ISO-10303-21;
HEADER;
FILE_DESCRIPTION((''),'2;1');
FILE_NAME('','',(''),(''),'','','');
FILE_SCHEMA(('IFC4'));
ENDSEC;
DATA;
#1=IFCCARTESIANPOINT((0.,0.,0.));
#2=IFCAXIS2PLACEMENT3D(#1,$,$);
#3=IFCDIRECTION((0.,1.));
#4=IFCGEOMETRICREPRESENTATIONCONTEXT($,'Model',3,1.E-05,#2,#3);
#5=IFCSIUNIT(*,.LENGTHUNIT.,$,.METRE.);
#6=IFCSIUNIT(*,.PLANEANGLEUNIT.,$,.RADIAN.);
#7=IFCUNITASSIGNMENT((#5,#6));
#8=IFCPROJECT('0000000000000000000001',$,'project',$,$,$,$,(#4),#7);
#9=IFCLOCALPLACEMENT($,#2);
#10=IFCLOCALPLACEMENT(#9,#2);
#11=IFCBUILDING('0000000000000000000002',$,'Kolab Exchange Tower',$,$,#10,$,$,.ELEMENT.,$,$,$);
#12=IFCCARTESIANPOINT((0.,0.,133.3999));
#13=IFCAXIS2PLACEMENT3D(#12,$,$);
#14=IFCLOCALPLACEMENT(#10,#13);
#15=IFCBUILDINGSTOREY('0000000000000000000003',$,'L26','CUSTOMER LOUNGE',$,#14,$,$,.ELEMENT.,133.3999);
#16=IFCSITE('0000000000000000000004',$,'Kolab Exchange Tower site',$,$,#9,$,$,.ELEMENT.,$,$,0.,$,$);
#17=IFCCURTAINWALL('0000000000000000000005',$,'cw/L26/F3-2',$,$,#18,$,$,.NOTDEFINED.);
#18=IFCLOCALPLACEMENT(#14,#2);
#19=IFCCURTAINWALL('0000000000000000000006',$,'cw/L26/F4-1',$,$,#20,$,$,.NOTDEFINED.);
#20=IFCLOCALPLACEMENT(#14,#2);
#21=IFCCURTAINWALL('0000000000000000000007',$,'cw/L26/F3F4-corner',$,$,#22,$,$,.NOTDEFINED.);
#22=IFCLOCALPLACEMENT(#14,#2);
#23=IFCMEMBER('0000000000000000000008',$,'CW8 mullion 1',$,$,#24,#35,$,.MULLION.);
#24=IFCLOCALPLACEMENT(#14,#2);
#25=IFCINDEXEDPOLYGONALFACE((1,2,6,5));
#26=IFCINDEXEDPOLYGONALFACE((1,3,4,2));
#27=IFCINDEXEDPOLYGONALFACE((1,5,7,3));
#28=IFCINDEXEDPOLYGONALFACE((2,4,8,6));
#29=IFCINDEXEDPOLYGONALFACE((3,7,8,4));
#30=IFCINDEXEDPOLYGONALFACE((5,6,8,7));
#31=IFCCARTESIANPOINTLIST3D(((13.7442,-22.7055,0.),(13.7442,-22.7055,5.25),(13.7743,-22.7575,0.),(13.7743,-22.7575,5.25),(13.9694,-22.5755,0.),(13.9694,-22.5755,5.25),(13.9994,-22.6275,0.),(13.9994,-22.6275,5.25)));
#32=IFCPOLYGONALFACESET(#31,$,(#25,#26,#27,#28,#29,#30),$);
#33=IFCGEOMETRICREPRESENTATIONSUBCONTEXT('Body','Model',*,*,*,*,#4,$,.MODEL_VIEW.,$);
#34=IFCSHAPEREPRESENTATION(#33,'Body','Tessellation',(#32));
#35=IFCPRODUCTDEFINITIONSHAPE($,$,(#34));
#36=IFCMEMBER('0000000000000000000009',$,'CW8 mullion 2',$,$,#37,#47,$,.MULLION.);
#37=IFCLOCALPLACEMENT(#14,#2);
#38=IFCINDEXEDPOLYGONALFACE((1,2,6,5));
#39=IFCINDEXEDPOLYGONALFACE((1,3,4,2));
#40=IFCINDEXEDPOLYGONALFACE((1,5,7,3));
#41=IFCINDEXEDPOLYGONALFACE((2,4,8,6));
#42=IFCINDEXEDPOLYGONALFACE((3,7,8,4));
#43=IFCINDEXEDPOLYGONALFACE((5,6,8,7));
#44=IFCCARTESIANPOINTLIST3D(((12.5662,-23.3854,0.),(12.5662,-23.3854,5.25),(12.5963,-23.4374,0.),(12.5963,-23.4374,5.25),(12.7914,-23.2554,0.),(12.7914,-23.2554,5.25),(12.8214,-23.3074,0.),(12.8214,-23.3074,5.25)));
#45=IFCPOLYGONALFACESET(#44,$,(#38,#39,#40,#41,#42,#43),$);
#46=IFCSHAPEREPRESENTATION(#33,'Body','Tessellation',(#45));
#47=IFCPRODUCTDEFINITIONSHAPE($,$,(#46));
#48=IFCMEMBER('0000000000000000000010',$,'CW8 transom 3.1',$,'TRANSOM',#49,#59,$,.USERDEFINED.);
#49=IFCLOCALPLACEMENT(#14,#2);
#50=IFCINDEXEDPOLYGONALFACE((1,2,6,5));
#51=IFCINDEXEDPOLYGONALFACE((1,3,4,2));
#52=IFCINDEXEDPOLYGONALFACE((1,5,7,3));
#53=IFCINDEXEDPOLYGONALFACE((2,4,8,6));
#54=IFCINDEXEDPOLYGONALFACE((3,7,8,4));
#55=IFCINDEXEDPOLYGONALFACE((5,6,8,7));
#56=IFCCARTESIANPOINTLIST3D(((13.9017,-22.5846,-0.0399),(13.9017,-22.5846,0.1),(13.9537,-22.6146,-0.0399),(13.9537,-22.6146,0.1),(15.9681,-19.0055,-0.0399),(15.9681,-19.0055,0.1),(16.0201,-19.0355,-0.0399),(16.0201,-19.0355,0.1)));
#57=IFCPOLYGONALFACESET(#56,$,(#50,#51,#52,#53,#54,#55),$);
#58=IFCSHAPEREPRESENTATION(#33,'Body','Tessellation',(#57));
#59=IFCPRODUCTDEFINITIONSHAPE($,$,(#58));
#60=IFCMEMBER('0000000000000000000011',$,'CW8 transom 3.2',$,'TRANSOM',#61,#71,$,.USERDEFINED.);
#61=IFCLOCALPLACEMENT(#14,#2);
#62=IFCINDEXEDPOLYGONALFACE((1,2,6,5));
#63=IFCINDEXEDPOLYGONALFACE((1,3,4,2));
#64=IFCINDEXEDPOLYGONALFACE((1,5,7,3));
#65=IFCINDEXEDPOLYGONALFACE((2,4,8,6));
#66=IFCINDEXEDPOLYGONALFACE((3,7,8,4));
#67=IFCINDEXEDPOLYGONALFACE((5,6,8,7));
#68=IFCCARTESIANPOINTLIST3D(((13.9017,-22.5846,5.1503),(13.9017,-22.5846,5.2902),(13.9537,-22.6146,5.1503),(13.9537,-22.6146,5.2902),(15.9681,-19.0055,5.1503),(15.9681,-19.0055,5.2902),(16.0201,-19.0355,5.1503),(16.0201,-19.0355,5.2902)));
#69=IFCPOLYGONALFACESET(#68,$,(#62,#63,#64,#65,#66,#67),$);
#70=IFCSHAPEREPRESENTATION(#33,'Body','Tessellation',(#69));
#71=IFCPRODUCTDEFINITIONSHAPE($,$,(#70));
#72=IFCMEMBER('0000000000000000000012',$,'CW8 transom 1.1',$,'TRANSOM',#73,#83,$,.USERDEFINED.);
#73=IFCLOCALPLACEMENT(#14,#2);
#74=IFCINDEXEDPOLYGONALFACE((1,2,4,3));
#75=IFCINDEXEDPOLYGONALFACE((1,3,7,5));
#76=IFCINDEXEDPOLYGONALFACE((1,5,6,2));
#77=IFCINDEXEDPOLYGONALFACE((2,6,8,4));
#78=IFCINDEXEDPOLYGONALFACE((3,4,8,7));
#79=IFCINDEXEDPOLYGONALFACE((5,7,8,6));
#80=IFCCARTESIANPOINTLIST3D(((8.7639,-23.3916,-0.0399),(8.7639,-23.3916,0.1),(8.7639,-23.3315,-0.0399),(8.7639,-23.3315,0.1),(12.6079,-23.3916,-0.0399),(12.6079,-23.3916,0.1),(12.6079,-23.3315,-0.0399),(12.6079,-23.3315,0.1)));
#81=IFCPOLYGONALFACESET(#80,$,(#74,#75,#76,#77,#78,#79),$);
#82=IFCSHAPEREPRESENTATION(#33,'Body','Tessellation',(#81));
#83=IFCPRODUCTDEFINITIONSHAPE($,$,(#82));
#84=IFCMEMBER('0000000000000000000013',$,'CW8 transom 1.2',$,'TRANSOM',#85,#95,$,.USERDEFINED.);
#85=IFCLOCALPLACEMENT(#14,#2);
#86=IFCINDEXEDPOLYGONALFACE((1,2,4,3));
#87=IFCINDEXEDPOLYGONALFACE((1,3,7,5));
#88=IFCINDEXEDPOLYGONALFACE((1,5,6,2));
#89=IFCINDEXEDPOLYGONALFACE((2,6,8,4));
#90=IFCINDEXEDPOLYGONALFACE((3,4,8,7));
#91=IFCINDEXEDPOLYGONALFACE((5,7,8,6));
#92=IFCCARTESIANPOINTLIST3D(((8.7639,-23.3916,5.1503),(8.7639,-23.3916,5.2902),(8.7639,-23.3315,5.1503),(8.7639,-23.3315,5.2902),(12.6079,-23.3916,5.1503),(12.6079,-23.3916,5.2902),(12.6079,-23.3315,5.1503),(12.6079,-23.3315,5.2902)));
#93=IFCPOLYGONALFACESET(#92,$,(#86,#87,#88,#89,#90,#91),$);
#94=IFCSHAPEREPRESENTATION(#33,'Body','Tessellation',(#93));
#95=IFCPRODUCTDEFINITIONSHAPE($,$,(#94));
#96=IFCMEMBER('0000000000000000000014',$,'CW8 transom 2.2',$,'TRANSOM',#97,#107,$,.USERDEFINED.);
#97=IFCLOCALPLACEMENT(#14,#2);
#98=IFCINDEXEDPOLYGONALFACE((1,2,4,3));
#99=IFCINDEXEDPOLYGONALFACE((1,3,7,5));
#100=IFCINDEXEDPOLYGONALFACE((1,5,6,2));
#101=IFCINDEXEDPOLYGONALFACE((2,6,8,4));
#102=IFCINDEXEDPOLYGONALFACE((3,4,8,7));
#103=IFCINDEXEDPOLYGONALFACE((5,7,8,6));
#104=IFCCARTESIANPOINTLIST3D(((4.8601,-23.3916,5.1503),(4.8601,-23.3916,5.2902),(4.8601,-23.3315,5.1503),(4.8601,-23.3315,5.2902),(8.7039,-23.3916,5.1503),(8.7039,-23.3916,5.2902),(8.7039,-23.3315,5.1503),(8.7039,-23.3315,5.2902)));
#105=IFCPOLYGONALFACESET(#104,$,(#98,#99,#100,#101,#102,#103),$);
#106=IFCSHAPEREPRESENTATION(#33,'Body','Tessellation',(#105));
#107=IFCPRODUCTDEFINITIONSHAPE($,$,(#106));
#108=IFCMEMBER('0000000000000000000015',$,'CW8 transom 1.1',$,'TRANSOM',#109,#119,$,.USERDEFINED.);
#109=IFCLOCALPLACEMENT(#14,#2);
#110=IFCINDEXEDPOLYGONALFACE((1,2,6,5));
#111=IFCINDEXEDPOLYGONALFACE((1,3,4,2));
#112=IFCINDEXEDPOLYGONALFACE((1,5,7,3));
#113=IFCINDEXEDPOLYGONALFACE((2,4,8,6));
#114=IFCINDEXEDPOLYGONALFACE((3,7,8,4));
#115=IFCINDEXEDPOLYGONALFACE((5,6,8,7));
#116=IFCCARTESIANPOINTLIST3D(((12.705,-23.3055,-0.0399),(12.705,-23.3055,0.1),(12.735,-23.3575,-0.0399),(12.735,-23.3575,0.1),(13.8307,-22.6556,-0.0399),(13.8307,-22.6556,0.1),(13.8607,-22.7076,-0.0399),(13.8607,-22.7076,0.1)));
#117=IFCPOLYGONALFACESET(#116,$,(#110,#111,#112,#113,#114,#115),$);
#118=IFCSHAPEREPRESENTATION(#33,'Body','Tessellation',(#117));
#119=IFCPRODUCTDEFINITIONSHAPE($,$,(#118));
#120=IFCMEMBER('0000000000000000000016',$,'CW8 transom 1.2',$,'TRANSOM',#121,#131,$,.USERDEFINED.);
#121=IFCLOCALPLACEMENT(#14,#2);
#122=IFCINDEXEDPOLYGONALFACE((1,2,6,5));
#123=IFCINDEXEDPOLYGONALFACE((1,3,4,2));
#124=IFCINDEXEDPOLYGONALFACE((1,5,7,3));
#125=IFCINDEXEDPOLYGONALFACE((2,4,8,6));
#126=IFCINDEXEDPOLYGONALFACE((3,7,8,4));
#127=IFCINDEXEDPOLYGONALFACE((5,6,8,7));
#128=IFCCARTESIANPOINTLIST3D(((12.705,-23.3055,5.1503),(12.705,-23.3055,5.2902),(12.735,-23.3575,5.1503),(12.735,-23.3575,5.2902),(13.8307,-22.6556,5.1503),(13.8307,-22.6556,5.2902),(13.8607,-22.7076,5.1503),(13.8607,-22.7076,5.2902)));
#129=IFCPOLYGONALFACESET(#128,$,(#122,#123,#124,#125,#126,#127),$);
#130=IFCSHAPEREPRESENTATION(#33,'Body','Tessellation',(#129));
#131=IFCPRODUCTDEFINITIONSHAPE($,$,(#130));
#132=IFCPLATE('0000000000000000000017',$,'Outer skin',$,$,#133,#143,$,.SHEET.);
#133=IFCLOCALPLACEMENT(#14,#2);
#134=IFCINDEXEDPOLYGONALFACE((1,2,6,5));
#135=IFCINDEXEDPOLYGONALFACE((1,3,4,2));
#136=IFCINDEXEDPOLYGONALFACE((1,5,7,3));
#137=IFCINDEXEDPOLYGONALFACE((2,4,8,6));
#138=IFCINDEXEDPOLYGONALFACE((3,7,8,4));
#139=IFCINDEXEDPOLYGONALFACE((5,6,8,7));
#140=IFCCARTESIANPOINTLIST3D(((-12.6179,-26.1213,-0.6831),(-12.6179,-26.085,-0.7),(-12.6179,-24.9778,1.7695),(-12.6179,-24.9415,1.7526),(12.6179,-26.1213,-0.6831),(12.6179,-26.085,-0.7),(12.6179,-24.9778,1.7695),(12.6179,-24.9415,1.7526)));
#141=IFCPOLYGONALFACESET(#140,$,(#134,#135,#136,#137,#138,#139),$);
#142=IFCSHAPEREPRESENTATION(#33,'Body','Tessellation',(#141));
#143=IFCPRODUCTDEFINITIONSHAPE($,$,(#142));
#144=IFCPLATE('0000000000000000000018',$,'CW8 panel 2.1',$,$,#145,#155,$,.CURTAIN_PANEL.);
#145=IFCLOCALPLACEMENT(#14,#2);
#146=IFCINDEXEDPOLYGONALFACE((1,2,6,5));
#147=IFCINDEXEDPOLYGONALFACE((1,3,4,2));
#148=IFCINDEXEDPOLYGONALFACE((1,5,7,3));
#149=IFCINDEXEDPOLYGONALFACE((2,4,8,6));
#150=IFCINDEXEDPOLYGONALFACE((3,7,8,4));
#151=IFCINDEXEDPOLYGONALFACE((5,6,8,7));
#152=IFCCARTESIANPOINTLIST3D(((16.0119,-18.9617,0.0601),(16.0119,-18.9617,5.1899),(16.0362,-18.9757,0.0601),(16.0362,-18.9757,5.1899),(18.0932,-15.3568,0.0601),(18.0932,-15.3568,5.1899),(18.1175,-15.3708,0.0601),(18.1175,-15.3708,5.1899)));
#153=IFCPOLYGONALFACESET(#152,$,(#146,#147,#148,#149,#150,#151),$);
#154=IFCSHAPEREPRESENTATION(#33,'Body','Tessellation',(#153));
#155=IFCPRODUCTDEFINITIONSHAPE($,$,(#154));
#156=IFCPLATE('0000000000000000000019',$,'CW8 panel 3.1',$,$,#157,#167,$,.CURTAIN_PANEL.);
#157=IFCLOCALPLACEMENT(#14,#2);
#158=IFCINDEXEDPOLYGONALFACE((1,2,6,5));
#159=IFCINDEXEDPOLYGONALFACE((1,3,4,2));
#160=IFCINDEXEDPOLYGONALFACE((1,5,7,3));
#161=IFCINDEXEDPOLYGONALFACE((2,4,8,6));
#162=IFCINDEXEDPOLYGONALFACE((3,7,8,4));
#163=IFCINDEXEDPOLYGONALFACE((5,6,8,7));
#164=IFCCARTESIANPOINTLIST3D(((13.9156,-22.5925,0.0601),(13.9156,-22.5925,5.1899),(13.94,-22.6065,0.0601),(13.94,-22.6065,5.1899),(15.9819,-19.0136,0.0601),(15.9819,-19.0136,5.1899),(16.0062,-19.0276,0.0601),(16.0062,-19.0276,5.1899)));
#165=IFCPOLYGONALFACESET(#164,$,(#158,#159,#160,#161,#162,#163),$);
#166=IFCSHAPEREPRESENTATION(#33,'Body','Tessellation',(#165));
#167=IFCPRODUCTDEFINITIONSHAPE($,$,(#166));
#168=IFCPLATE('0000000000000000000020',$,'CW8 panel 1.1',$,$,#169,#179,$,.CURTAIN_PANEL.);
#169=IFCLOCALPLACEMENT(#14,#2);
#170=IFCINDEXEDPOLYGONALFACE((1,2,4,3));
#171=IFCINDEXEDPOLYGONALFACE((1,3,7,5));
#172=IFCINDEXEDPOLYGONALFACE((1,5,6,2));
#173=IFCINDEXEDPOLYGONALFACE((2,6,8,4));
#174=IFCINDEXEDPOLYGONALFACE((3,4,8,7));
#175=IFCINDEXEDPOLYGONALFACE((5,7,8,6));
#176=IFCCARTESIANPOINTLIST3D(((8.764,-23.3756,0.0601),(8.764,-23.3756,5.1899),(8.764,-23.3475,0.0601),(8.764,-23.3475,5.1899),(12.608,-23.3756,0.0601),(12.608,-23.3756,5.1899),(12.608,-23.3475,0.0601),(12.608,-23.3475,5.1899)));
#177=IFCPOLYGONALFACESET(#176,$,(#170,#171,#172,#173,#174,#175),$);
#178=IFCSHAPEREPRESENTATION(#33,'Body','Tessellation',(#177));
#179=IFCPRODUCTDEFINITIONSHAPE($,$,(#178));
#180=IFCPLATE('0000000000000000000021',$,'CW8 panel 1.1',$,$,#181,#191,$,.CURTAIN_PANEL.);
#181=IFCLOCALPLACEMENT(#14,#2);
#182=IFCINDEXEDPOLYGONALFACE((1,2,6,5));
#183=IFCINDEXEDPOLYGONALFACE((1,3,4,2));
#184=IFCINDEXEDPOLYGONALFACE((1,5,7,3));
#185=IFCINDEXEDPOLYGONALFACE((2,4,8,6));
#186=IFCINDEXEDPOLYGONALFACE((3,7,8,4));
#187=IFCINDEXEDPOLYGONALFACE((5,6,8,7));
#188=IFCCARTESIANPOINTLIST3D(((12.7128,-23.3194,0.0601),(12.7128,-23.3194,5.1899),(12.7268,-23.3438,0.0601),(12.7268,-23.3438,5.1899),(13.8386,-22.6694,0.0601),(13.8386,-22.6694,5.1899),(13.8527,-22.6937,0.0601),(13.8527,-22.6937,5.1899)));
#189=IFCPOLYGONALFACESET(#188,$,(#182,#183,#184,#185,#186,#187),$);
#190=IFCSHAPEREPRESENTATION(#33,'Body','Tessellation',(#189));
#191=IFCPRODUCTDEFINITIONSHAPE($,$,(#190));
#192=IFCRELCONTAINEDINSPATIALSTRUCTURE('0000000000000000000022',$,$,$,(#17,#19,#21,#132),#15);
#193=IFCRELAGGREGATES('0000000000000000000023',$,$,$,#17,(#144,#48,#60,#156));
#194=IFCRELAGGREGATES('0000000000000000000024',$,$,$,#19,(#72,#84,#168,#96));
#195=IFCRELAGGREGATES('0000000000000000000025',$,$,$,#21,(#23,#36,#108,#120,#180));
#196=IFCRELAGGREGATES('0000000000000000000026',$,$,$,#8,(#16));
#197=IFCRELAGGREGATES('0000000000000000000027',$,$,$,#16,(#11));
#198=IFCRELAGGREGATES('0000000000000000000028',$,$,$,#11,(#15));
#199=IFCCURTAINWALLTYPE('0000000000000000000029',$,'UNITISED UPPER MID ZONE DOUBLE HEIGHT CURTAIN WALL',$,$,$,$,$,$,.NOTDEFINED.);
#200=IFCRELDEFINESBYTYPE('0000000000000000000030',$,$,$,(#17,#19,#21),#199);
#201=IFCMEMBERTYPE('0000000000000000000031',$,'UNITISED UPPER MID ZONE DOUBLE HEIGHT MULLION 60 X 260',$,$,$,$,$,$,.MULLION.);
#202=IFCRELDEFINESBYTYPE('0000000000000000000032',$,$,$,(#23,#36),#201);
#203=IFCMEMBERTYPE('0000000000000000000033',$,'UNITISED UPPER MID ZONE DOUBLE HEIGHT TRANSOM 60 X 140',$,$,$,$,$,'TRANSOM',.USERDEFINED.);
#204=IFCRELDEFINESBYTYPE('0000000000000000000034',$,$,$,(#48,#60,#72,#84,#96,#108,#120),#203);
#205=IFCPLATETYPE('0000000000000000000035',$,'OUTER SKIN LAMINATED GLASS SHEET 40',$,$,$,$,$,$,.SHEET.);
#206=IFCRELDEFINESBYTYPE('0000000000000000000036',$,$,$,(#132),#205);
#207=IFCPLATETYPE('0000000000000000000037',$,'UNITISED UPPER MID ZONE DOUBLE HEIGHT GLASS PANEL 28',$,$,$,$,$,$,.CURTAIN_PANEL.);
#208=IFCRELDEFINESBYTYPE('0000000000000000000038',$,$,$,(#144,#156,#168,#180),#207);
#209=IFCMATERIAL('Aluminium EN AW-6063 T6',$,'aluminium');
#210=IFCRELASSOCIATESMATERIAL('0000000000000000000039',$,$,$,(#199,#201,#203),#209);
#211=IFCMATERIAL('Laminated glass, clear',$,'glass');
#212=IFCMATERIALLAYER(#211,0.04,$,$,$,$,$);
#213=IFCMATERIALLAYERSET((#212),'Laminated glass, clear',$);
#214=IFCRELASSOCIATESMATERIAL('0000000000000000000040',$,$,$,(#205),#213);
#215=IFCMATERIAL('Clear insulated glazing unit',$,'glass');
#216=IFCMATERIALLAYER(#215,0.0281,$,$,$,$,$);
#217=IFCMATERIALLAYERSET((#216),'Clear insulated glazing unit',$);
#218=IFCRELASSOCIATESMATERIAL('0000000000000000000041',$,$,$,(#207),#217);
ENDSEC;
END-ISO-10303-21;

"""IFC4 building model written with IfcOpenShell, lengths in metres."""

from ifc_helpers import new_model, si_unit, direction, frame, origin, origin_2d, place, context, subcontext, project, spatial, polyline, rectangle, outline, extrude, material, layer, layer_set, material_profile, profile_set, type_object, element, aggregate, save


model = new_model("IFC4")

# Units and contexts
model_context = context("Model", 3, precision=1e-05, world=origin(), true_north=direction((0.0, 1.0)))
body_context = subcontext(model_context, "Body", "Model", "MODEL_VIEW")
ifc_project = project(units=[si_unit("LENGTHUNIT", "METRE"), si_unit("PLANEANGLEUNIT", "RADIAN")], contexts=[model_context])

# Site, building, storey
site_placement = place(None, origin())
site = spatial("IfcSite", under=ifc_project, at=site_placement, Name="Kolab Exchange Tower site", CompositionType="ELEMENT", RefElevation=0.0)
building_placement = place(site_placement, origin())
building = spatial("IfcBuilding", under=site, at=building_placement, Name="Kolab Exchange Tower", CompositionType="ELEMENT")
storey_placement = place(building_placement, frame((0.0, 0.0, 133.3999)))
storey = spatial("IfcBuildingStorey", under=building, at=storey_placement, Name="L26", Description="CUSTOMER LOUNGE", CompositionType="ELEMENT", Elevation=133.3999)

# Curtain walls, members
ifc_material_1 = material(Name="Aluminium EN AW-6063 T6", Category="aluminium")
curtain_wall_type = type_object("IfcCurtainWallType", Name="UNITISED UPPER MID ZONE DOUBLE HEIGHT CURTAIN WALL", PredefinedType="NOTDEFINED", material=ifc_material_1)
curtain_wall_1_placement = place(storey_placement, origin())
curtain_wall_1 = element("IfcCurtainWall", 1, at=curtain_wall_1_placement, inside=storey, type_object=curtain_wall_type, Name="cw/L26/F3-2", PredefinedType="NOTDEFINED")
ifc_material_profile_1 = material_profile(ifc_material_1, rectangle(XDim=0.0601, YDim=0.26, at=origin_2d()), Name="RECT 60X260")
ifc_profile_set_1 = profile_set([ifc_material_profile_1], Name="Aluminium EN AW-6063 T6")
member_type_1 = type_object("IfcMemberType", Name="UNITISED UPPER MID ZONE DOUBLE HEIGHT MULLION 60 X 260", PredefinedType="MULLION", material=ifc_profile_set_1)
curtain_wall_2_placement = place(storey_placement, origin())
curtain_wall_2 = element("IfcCurtainWall", 2, at=curtain_wall_2_placement, inside=storey, type_object=curtain_wall_type, Name="cw/L26/F4-1", PredefinedType="NOTDEFINED")
curtain_wall_3_placement = place(storey_placement, origin())
curtain_wall_3 = element("IfcCurtainWall", 3, at=curtain_wall_3_placement, inside=storey, type_object=curtain_wall_type, Name="cw/L26/F3F4-corner", PredefinedType="NOTDEFINED")
member_1_placement = place(storey_placement, frame((13.8718, -22.6665, 0.0), z_axis=(0.0, 0.0, 1.0), x_axis=(0.5, -0.866025, 0.0)))
member_1 = element("IfcMember", 4, at=member_1_placement, type_object=member_type_1, Name="CW8 mullion 1", PredefinedType="MULLION", context=body_context, shape_type="SweptSolid", body=[
    extrude(rectangle(XDim=0.0601, YDim=0.26, at=origin_2d()), origin(), (0.0, 0.0, 1.0), 5.25),
])
member_2_placement = place(storey_placement, frame((12.6938, -23.3464, 0.0), z_axis=(0.0, 0.0, 1.0), x_axis=(0.5, -0.866025, 0.0)))
member_2 = element("IfcMember", 5, at=member_2_placement, type_object=member_type_1, Name="CW8 mullion 2", PredefinedType="MULLION", context=body_context, shape_type="SweptSolid", body=[
    extrude(rectangle(XDim=0.0601, YDim=0.26, at=origin_2d()), origin(), (0.0, 0.0, 1.0), 5.25),
])

# Members
ifc_material_profile_2 = material_profile(ifc_material_1, rectangle(XDim=0.0601, YDim=0.1399, at=origin_2d()), Name="RECT 60X140")
ifc_profile_set_2 = profile_set([ifc_material_profile_2], Name="Aluminium EN AW-6063 T6")
member_type_2 = type_object("IfcMemberType", Name="UNITISED UPPER MID ZONE DOUBLE HEIGHT TRANSOM 60 X 140", ElementType="TRANSOM", PredefinedType="USERDEFINED", material=ifc_profile_set_2)
member_3_placement = place(storey_placement, frame((15.9941, -19.0205, 0.03), z_axis=(-0.500002, -0.866024, 0.0), x_axis=(0.866024, -0.500002, 0.0)))
member_3 = element("IfcMember", 6, at=member_3_placement, type_object=member_type_2, Name="CW8 transom 3.1", ObjectType="TRANSOM", PredefinedType="USERDEFINED", context=body_context, shape_type="SweptSolid", body=[
    extrude(rectangle(XDim=0.0601, YDim=0.1399, at=origin_2d()), origin(), (0.0, 0.0, 1.0), 4.1328),
])
member_4_placement = place(storey_placement, frame((15.9941, -19.0205, 5.2202), z_axis=(-0.500002, -0.866024, 0.0), x_axis=(0.866024, -0.500002, 0.0)))
member_4 = element("IfcMember", 7, at=member_4_placement, type_object=member_type_2, Name="CW8 transom 3.2", ObjectType="TRANSOM", PredefinedType="USERDEFINED", context=body_context, shape_type="SweptSolid", body=[
    extrude(rectangle(XDim=0.0601, YDim=0.1399, at=origin_2d()), origin(), (0.0, 0.0, 1.0), 4.1328),
])
member_5_placement = place(storey_placement, frame((12.6079, -23.3616, 0.03), z_axis=(-1.0, 0.0, 0.0), x_axis=(0.0, -1.0, 0.0)))
member_5 = element("IfcMember", 8, at=member_5_placement, type_object=member_type_2, Name="CW8 transom 1.1", ObjectType="TRANSOM", PredefinedType="USERDEFINED", context=body_context, shape_type="SweptSolid", body=[
    extrude(rectangle(XDim=0.0601, YDim=0.1399, at=origin_2d()), origin(), (0.0, 0.0, 1.0), 3.844),
])
member_6_placement = place(storey_placement, frame((12.6079, -23.3616, 5.2202), z_axis=(-1.0, 0.0, 0.0), x_axis=(0.0, -1.0, 0.0)))
member_6 = element("IfcMember", 9, at=member_6_placement, type_object=member_type_2, Name="CW8 transom 1.2", ObjectType="TRANSOM", PredefinedType="USERDEFINED", context=body_context, shape_type="SweptSolid", body=[
    extrude(rectangle(XDim=0.0601, YDim=0.1399, at=origin_2d()), origin(), (0.0, 0.0, 1.0), 3.844),
])
member_7_placement = place(storey_placement, frame((8.7039, -23.3616, 5.2202), z_axis=(-1.0, 0.0, 0.0), x_axis=(0.0, -1.0, 0.0)))
member_7 = element("IfcMember", 10, at=member_7_placement, type_object=member_type_2, Name="CW8 transom 2.2", ObjectType="TRANSOM", PredefinedType="USERDEFINED", context=body_context, shape_type="SweptSolid", body=[
    extrude(rectangle(XDim=0.0601, YDim=0.1399, at=origin_2d()), origin(), (0.0, 0.0, 1.0), 3.8438),
])
member_8_placement = place(storey_placement, frame((13.8457, -22.6816, 0.03), z_axis=(-0.866039, -0.499977, 0.0), x_axis=(0.499977, -0.866039, 0.0)))
member_8 = element("IfcMember", 11, at=member_8_placement, type_object=member_type_2, Name="CW8 transom 1.1", ObjectType="TRANSOM", PredefinedType="USERDEFINED", context=body_context, shape_type="SweptSolid", body=[
    extrude(rectangle(XDim=0.0601, YDim=0.1399, at=origin_2d()), origin(), (0.0, 0.0, 1.0), 1.2998),
])
member_9_placement = place(storey_placement, frame((13.8457, -22.6816, 5.2202), z_axis=(-0.866039, -0.499977, 0.0), x_axis=(0.499977, -0.866039, 0.0)))
member_9 = element("IfcMember", 12, at=member_9_placement, type_object=member_type_2, Name="CW8 transom 1.2", ObjectType="TRANSOM", PredefinedType="USERDEFINED", context=body_context, shape_type="SweptSolid", body=[
    extrude(rectangle(XDim=0.0601, YDim=0.1399, at=origin_2d()), origin(), (0.0, 0.0, 1.0), 1.2998),
])

# Plates
ifc_material_2 = material(Name="Laminated glass, clear", Category="glass")
ifc_layer_1 = layer(ifc_material_2, 0.04)
ifc_layer_set_1 = layer_set([ifc_layer_1], Name="Laminated glass, clear")
plate_type_1 = type_object("IfcPlateType", Name="OUTER SKIN LAMINATED GLASS SHEET 40", PredefinedType="SHEET", material=ifc_layer_set_1)
plate_1_placement = place(storey_placement, frame((12.6179, -26.1213, -0.6831), z_axis=(0.0, -0.906326, 0.422579), x_axis=(-1.0, 0.0, 0.0)))
element("IfcPlate", 13, at=plate_1_placement, inside=storey, type_object=plate_type_1, Name="Outer skin", PredefinedType="SHEET", context=body_context, shape_type="SweptSolid", body=[
    extrude(outline(polyline([(0.0, 0.0), (25.2358, 0.0), (25.2358, -2.7061), (0.0, -2.7061), (0.0, 0.0)])), origin(), (0.0, 0.0, -1.0), 0.04),
])
ifc_material_3 = material(Name="Clear insulated glazing unit", Category="glass")
ifc_layer_2 = layer(ifc_material_3, 0.0281)
ifc_layer_set_2 = layer_set([ifc_layer_2], Name="Clear insulated glazing unit")
plate_type_2 = type_object("IfcPlateType", Name="UNITISED UPPER MID ZONE DOUBLE HEIGHT GLASS PANEL 28", PredefinedType="CURTAIN_PANEL", material=ifc_layer_set_2)
plate_2_placement = place(storey_placement, frame((17.0647, -17.1663, 0.0601), z_axis=(0.0, 0.0, 1.0), x_axis=(-0.5, -0.866025, 0.0)))
plate_2 = element("IfcPlate", 14, at=plate_2_placement, type_object=plate_type_2, Name="CW8 panel 2.1", PredefinedType="CURTAIN_PANEL", context=body_context, shape_type="SweptSolid", body=[
    extrude(rectangle(XDim=4.1626, YDim=0.0281, at=origin_2d()), origin(), (0.0, 0.0, 1.0), 5.1299),
])
plate_3_placement = place(storey_placement, frame((14.9609, -20.8101, 0.0601), z_axis=(0.0, 0.0, 1.0), x_axis=(-0.5, -0.866025, 0.0)))
plate_3 = element("IfcPlate", 15, at=plate_3_placement, type_object=plate_type_2, Name="CW8 panel 3.1", PredefinedType="CURTAIN_PANEL", context=body_context, shape_type="SweptSolid", body=[
    extrude(rectangle(XDim=4.1326, YDim=0.0281, at=origin_2d()), origin(), (0.0, 0.0, 1.0), 5.1299),
])
aggregate(curtain_wall_1, [plate_2, member_3, member_4, plate_3])
plate_4_placement = place(storey_placement, frame((10.686, -23.3616, 0.0601), z_axis=(0.0, 0.0, 1.0), x_axis=(-1.0, 0.0, 0.0)))
plate_4 = element("IfcPlate", 16, at=plate_4_placement, type_object=plate_type_2, Name="CW8 panel 1.1", PredefinedType="CURTAIN_PANEL", context=body_context, shape_type="SweptSolid", body=[
    extrude(rectangle(XDim=3.844, YDim=0.0281, at=origin_2d()), origin(), (0.0, 0.0, 1.0), 5.1299),
])
aggregate(curtain_wall_2, [member_5, member_6, plate_4, member_7])
plate_5_placement = place(storey_placement, frame((13.2827, -23.0066, 0.0601), z_axis=(0.0, 0.0, 1.0), x_axis=(-0.866025, -0.5, 0.0)))
plate_5 = element("IfcPlate", 17, at=plate_5_placement, type_object=plate_type_2, Name="CW8 panel 1.1", PredefinedType="CURTAIN_PANEL", context=body_context, shape_type="SweptSolid", body=[
    extrude(rectangle(XDim=1.3, YDim=0.0281, at=origin_2d()), origin(), (0.0, 0.0, 1.0), 5.1299),
])
aggregate(curtain_wall_3, [member_1, member_2, member_8, member_9, plate_5])

save(model, "model.ifc")
